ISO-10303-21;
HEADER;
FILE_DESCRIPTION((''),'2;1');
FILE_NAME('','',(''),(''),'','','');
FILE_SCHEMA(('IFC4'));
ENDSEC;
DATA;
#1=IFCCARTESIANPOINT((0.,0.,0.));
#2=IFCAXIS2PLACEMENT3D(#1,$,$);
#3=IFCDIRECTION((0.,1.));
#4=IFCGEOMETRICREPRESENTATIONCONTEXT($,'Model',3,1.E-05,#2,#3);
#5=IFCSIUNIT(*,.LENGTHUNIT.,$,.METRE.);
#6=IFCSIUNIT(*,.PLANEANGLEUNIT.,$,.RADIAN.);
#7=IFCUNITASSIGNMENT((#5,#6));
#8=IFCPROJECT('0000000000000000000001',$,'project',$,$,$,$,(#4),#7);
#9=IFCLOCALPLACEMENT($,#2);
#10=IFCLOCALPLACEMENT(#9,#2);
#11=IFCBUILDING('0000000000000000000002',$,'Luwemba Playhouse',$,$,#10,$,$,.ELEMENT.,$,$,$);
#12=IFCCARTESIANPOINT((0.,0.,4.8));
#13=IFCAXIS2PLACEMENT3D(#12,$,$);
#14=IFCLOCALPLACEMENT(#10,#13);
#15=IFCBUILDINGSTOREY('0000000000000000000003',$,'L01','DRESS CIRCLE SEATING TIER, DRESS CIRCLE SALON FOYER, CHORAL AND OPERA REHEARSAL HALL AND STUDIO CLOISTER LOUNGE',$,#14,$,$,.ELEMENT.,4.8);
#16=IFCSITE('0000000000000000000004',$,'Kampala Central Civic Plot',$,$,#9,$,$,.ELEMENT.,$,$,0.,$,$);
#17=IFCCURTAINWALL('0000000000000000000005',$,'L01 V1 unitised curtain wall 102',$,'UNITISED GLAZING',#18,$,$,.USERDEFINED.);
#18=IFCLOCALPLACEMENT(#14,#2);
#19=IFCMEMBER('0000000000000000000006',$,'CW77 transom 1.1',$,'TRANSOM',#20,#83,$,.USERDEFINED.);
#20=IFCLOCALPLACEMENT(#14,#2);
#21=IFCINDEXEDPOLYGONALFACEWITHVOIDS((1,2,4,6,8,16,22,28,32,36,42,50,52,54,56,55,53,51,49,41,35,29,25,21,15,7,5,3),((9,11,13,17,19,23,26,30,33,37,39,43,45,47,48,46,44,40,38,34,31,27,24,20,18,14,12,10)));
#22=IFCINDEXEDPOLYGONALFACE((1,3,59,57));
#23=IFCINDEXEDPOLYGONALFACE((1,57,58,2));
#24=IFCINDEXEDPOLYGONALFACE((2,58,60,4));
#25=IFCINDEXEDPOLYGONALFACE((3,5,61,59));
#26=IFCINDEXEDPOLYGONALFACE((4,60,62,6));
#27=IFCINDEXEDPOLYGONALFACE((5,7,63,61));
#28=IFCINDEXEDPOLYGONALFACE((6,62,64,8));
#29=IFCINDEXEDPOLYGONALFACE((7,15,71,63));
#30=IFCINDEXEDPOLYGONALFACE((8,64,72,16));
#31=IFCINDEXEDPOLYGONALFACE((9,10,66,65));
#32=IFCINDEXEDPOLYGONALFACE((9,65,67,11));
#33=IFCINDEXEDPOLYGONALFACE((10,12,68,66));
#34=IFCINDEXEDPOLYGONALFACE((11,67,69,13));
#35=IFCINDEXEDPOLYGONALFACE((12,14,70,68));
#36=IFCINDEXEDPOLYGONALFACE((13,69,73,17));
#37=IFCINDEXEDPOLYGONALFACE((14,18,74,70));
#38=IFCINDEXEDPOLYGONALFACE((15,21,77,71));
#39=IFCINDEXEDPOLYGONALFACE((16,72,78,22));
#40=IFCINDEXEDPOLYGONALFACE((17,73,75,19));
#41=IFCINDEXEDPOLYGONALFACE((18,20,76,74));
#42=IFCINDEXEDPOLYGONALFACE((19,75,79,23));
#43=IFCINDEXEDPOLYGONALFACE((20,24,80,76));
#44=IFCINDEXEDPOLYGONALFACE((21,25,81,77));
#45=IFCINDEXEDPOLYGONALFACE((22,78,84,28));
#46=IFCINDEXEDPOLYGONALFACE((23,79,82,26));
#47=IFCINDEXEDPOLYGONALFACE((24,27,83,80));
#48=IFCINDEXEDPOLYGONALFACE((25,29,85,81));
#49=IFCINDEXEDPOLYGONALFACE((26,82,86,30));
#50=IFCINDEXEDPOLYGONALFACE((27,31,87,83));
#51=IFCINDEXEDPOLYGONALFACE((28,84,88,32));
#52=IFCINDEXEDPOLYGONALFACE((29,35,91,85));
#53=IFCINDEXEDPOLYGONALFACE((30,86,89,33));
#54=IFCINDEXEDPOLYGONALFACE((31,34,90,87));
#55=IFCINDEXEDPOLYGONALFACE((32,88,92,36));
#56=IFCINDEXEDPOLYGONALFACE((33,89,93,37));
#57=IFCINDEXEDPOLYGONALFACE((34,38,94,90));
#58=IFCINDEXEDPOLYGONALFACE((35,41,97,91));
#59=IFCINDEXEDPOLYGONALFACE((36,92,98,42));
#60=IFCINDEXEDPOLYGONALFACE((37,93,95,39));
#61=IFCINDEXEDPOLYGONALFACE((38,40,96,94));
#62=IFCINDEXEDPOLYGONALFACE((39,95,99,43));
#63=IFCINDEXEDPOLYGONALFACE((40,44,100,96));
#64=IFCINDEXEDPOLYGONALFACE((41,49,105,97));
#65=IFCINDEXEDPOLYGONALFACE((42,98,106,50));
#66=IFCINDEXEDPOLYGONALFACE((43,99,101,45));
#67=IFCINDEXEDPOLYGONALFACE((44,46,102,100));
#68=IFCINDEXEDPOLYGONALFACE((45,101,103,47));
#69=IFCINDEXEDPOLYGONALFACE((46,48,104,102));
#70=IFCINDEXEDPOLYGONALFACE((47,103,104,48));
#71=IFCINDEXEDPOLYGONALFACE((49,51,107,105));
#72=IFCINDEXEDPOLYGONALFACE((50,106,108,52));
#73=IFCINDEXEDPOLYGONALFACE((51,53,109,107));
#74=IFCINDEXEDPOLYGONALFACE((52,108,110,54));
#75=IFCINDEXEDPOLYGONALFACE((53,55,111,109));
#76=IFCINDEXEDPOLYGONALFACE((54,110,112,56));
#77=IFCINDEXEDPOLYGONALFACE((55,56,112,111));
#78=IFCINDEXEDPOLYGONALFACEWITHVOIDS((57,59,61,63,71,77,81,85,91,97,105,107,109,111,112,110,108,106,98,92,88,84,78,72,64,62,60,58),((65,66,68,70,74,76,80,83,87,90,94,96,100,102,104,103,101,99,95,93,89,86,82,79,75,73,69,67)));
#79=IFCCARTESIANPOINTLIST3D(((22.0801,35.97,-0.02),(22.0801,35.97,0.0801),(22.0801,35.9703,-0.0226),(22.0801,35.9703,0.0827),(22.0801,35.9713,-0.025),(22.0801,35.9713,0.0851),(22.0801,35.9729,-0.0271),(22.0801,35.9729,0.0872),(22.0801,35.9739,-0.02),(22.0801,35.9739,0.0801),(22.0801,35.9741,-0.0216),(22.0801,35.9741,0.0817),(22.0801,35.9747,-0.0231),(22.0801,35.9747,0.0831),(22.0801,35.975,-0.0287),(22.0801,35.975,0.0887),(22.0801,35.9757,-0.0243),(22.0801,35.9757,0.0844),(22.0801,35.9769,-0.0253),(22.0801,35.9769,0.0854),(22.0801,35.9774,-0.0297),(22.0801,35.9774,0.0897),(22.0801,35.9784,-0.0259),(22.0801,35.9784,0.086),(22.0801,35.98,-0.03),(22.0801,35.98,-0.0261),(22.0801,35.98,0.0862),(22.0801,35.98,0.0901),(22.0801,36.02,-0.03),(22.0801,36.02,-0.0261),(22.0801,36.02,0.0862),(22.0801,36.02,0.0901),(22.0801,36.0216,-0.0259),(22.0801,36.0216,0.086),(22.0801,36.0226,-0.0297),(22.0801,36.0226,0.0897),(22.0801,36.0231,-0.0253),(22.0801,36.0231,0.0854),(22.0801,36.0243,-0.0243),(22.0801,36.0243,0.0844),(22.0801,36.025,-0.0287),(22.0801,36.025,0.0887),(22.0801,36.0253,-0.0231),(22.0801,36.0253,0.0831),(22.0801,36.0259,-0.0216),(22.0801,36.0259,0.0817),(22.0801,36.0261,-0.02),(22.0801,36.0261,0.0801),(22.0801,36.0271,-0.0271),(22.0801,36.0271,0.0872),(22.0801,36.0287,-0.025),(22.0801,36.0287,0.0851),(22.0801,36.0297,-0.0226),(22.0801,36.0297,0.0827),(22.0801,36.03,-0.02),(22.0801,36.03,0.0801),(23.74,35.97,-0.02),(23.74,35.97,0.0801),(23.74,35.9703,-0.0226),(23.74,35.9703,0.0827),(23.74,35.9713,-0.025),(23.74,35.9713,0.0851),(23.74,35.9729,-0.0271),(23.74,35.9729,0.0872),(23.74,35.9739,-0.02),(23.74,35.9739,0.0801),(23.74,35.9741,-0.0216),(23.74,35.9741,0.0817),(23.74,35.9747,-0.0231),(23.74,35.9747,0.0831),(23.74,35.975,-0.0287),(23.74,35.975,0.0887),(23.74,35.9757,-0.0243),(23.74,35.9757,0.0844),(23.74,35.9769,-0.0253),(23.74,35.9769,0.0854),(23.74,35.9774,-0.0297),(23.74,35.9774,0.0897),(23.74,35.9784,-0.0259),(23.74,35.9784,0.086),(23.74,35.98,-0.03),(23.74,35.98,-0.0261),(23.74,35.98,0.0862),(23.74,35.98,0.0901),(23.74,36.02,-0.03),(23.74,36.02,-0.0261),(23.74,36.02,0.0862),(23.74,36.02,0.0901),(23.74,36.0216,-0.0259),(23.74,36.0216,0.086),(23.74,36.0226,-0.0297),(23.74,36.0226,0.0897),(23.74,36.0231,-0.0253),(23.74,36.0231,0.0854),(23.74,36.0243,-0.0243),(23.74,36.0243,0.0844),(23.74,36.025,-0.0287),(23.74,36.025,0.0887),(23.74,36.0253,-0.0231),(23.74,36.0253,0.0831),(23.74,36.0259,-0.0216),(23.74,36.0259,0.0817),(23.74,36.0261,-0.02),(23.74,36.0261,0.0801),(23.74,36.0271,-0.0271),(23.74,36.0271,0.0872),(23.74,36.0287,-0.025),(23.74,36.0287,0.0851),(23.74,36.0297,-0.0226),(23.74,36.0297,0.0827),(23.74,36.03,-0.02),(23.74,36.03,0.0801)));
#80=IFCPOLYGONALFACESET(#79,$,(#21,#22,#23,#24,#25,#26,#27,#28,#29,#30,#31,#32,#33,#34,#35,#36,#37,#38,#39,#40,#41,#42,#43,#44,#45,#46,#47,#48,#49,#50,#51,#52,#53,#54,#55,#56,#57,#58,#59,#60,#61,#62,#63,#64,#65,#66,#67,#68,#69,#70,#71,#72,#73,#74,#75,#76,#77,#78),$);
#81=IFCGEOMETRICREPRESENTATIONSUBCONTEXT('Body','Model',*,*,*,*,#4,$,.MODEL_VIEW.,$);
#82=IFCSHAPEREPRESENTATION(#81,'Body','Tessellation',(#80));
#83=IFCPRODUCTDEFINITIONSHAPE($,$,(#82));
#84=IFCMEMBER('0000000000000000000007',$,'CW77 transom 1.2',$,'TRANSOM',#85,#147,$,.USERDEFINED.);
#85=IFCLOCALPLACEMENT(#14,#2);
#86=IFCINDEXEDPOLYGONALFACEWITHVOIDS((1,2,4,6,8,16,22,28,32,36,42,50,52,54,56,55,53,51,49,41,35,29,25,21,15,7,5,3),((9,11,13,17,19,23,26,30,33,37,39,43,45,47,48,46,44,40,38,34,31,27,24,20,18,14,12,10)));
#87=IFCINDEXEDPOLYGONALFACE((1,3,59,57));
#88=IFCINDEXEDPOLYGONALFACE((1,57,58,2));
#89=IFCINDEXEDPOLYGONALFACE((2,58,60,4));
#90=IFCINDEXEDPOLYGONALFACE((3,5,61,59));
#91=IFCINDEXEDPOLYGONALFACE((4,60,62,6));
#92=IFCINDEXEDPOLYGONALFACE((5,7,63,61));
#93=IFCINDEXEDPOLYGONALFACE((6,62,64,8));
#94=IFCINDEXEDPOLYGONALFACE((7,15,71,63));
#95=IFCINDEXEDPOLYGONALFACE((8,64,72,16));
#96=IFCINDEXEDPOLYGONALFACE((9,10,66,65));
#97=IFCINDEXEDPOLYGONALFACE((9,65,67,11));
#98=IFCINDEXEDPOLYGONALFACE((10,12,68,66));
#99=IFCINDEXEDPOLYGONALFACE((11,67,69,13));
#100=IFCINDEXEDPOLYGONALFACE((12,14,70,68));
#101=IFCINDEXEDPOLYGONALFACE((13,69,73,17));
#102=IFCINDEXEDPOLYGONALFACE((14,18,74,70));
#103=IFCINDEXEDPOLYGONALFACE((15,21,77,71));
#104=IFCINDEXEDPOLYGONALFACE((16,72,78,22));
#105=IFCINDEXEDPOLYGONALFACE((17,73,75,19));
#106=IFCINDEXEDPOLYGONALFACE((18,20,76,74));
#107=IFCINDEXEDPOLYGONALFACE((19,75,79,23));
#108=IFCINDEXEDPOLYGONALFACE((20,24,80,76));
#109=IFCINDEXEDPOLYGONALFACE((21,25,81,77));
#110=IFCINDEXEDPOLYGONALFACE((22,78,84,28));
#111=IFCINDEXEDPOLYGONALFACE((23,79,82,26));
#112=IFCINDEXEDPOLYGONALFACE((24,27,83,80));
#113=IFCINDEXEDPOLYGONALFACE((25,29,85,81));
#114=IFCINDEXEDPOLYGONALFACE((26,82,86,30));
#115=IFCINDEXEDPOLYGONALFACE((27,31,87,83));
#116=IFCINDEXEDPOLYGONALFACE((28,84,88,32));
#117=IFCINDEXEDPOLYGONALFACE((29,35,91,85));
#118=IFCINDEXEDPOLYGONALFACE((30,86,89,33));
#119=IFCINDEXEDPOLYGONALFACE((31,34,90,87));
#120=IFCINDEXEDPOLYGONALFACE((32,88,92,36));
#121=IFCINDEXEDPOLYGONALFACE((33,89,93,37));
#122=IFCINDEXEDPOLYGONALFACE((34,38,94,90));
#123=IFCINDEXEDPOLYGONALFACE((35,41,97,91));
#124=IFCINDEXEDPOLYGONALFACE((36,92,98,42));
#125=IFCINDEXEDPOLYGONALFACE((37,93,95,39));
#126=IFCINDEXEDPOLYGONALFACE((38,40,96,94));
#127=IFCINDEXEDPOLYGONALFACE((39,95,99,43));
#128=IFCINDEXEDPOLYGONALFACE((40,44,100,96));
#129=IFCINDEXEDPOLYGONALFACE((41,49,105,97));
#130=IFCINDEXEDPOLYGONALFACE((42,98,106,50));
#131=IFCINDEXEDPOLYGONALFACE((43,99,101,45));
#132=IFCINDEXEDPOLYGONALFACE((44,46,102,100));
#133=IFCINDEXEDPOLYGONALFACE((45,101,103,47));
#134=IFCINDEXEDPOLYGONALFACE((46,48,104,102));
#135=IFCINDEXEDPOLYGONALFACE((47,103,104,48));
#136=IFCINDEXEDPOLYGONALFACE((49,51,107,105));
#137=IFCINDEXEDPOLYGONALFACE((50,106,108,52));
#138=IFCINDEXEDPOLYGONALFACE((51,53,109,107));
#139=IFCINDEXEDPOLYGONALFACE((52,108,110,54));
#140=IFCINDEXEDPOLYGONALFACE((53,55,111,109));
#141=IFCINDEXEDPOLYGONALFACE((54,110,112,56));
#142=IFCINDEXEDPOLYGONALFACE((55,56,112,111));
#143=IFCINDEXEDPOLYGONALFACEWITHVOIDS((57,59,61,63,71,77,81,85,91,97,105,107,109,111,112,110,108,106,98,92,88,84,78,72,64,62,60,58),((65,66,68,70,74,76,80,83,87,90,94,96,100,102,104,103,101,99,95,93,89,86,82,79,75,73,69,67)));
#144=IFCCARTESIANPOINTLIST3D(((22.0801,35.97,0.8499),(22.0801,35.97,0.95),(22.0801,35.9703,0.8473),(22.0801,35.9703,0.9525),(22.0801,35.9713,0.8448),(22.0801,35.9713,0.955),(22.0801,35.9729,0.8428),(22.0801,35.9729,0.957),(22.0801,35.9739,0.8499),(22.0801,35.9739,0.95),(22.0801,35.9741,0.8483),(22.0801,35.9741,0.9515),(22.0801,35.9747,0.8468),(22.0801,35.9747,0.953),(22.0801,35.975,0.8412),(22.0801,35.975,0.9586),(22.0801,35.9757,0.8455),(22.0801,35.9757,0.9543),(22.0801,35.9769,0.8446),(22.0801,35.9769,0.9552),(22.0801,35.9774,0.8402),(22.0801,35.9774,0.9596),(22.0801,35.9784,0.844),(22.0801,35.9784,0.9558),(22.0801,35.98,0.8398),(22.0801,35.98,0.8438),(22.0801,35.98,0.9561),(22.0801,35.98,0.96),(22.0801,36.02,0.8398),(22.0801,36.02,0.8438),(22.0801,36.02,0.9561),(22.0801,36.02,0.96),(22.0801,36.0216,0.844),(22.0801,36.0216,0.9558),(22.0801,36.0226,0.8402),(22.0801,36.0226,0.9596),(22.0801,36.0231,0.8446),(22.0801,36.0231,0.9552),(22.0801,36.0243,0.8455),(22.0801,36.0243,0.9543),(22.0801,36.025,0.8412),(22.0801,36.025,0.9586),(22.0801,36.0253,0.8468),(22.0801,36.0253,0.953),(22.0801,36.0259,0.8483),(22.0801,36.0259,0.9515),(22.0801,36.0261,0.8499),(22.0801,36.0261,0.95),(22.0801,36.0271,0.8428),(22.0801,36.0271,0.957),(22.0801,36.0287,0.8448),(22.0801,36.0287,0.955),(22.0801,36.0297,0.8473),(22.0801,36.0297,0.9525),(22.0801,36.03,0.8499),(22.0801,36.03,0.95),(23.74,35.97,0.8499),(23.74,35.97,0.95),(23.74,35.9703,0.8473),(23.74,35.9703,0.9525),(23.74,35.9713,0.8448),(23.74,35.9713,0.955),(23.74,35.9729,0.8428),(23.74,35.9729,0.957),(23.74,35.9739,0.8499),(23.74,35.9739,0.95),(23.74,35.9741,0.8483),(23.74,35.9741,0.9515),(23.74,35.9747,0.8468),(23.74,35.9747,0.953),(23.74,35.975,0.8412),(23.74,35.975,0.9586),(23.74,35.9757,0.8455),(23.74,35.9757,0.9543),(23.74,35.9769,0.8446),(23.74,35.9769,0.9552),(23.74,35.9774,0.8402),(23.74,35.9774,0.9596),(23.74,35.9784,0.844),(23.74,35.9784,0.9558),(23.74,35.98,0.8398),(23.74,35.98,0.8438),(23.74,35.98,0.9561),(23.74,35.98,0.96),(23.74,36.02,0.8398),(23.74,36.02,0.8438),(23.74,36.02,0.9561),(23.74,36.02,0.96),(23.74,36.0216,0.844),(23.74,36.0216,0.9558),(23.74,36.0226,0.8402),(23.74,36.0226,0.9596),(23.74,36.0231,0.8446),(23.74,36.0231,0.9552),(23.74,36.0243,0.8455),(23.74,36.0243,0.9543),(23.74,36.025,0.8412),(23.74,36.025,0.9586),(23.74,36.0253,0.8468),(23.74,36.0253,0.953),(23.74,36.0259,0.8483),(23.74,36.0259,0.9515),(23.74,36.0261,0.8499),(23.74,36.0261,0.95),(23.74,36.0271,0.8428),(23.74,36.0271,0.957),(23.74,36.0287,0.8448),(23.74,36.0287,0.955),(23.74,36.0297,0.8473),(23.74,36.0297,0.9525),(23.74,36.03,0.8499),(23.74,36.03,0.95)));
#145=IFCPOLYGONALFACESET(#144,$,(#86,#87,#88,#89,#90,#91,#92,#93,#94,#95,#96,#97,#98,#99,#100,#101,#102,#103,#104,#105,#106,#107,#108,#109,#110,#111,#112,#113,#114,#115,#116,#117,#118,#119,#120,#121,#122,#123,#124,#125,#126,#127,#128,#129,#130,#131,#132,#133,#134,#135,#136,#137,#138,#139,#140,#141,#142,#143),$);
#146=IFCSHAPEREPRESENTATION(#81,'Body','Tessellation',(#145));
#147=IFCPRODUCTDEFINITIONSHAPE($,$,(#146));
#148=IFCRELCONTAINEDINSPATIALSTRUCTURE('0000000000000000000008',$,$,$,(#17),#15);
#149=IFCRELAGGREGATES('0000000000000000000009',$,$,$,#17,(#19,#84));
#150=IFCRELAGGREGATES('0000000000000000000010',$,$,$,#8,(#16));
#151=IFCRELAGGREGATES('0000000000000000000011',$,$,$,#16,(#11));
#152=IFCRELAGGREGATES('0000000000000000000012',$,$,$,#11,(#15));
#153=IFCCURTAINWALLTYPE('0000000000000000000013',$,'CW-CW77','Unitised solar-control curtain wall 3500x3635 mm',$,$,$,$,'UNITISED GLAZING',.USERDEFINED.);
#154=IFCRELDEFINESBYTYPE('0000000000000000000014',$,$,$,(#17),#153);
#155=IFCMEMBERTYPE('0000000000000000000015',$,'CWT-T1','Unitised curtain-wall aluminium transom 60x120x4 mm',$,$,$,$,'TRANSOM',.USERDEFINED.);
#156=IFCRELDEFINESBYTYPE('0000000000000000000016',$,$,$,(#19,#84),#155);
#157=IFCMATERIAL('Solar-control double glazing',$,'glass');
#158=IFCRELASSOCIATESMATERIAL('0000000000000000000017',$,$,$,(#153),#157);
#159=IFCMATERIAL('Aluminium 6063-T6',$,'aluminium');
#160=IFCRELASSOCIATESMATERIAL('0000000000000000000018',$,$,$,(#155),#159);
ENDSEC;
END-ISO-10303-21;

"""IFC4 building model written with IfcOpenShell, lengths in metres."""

from ifc_helpers import new_model, si_unit, direction, frame, origin, origin_2d, place, context, subcontext, project, spatial, hollow_rectangle, extrude, material, material_profile, profile_set, type_object, element, aggregate, save


model = new_model("IFC4")

# Units and contexts
model_context = context("Model", 3, precision=1e-05, world=origin(), true_north=direction((0.0, 1.0)))
body_context = subcontext(model_context, "Body", "Model", "MODEL_VIEW")
ifc_project = project(units=[si_unit("LENGTHUNIT", "METRE"), si_unit("PLANEANGLEUNIT", "RADIAN")], contexts=[model_context])

# Site, building, storey
site_placement = place(None, origin())
site = spatial("IfcSite", under=ifc_project, at=site_placement, Name="Kampala Central Civic Plot", CompositionType="ELEMENT", RefElevation=0.0)
building_placement = place(site_placement, origin())
building = spatial("IfcBuilding", under=site, at=building_placement, Name="Luwemba Playhouse", CompositionType="ELEMENT")
storey_placement = place(building_placement, frame((0.0, 0.0, 4.8)))
storey = spatial("IfcBuildingStorey", under=building, at=storey_placement, Name="L01", Description="DRESS CIRCLE SEATING TIER, DRESS CIRCLE SALON FOYER, CHORAL AND OPERA REHEARSAL HALL AND STUDIO CLOISTER LOUNGE", CompositionType="ELEMENT", Elevation=4.8)

# Curtain wall
ifc_material_1 = material(Name="Solar-control double glazing", Category="glass")
curtain_wall_type_1 = type_object("IfcCurtainWallType", Name="CW-CW77", Description="Unitised solar-control curtain wall 3500x3635 mm", ElementType="UNITISED GLAZING", PredefinedType="USERDEFINED", material=ifc_material_1)
curtain_wall_1_placement = place(storey_placement, origin())
curtain_wall_1 = element("IfcCurtainWall", 1, at=curtain_wall_1_placement, inside=storey, type_object=curtain_wall_type_1, Name="L01 V1 unitised curtain wall 102", ObjectType="UNITISED GLAZING", PredefinedType="USERDEFINED")
ifc_material_2 = material(Name="Aluminium 6063-T6", Category="aluminium")

# Members
ifc_material_profile_1 = material_profile(ifc_material_2, hollow_rectangle(XDim=0.0601, YDim=0.1201, WallThickness=0.0039, InnerFilletRadius=0.0061, OuterFilletRadius=0.01, at=origin_2d()))
ifc_profile_set_1 = profile_set([ifc_material_profile_1], Name="Aluminium 6063-T6")
member_type_1 = type_object("IfcMemberType", Name="CWT-T1", Description="Unitised curtain-wall aluminium transom 60x120x4 mm", ElementType="TRANSOM", PredefinedType="USERDEFINED", material=ifc_profile_set_1)
member_1_placement = place(storey_placement, frame((23.74, 36.0, 0.03), z_axis=(-1.0, 0.0, 0.0), x_axis=(0.0, -1.0, 0.0)))
member_1 = element("IfcMember", 2, at=member_1_placement, type_object=member_type_1, Name="CW77 transom 1.1", ObjectType="TRANSOM", PredefinedType="USERDEFINED", context=body_context, shape_type="SweptSolid", body=[
    extrude(hollow_rectangle(XDim=0.0601, YDim=0.1201, WallThickness=0.0039, InnerFilletRadius=0.0061, OuterFilletRadius=0.01, at=origin_2d()), origin(), (0.0, 0.0, 1.0), 1.6599),
])
member_2_placement = place(storey_placement, frame((23.74, 36.0, 0.8999), z_axis=(-1.0, 0.0, 0.0), x_axis=(0.0, -1.0, 0.0)))
member_2 = element("IfcMember", 3, at=member_2_placement, type_object=member_type_1, Name="CW77 transom 1.2", ObjectType="TRANSOM", PredefinedType="USERDEFINED", context=body_context, shape_type="SweptSolid", body=[
    extrude(hollow_rectangle(XDim=0.0601, YDim=0.1201, WallThickness=0.0039, InnerFilletRadius=0.0061, OuterFilletRadius=0.01, at=origin_2d()), origin(), (0.0, 0.0, 1.0), 1.6599),
])

aggregate(curtain_wall_1, [member_1, member_2])

save(model, "model.ifc")
